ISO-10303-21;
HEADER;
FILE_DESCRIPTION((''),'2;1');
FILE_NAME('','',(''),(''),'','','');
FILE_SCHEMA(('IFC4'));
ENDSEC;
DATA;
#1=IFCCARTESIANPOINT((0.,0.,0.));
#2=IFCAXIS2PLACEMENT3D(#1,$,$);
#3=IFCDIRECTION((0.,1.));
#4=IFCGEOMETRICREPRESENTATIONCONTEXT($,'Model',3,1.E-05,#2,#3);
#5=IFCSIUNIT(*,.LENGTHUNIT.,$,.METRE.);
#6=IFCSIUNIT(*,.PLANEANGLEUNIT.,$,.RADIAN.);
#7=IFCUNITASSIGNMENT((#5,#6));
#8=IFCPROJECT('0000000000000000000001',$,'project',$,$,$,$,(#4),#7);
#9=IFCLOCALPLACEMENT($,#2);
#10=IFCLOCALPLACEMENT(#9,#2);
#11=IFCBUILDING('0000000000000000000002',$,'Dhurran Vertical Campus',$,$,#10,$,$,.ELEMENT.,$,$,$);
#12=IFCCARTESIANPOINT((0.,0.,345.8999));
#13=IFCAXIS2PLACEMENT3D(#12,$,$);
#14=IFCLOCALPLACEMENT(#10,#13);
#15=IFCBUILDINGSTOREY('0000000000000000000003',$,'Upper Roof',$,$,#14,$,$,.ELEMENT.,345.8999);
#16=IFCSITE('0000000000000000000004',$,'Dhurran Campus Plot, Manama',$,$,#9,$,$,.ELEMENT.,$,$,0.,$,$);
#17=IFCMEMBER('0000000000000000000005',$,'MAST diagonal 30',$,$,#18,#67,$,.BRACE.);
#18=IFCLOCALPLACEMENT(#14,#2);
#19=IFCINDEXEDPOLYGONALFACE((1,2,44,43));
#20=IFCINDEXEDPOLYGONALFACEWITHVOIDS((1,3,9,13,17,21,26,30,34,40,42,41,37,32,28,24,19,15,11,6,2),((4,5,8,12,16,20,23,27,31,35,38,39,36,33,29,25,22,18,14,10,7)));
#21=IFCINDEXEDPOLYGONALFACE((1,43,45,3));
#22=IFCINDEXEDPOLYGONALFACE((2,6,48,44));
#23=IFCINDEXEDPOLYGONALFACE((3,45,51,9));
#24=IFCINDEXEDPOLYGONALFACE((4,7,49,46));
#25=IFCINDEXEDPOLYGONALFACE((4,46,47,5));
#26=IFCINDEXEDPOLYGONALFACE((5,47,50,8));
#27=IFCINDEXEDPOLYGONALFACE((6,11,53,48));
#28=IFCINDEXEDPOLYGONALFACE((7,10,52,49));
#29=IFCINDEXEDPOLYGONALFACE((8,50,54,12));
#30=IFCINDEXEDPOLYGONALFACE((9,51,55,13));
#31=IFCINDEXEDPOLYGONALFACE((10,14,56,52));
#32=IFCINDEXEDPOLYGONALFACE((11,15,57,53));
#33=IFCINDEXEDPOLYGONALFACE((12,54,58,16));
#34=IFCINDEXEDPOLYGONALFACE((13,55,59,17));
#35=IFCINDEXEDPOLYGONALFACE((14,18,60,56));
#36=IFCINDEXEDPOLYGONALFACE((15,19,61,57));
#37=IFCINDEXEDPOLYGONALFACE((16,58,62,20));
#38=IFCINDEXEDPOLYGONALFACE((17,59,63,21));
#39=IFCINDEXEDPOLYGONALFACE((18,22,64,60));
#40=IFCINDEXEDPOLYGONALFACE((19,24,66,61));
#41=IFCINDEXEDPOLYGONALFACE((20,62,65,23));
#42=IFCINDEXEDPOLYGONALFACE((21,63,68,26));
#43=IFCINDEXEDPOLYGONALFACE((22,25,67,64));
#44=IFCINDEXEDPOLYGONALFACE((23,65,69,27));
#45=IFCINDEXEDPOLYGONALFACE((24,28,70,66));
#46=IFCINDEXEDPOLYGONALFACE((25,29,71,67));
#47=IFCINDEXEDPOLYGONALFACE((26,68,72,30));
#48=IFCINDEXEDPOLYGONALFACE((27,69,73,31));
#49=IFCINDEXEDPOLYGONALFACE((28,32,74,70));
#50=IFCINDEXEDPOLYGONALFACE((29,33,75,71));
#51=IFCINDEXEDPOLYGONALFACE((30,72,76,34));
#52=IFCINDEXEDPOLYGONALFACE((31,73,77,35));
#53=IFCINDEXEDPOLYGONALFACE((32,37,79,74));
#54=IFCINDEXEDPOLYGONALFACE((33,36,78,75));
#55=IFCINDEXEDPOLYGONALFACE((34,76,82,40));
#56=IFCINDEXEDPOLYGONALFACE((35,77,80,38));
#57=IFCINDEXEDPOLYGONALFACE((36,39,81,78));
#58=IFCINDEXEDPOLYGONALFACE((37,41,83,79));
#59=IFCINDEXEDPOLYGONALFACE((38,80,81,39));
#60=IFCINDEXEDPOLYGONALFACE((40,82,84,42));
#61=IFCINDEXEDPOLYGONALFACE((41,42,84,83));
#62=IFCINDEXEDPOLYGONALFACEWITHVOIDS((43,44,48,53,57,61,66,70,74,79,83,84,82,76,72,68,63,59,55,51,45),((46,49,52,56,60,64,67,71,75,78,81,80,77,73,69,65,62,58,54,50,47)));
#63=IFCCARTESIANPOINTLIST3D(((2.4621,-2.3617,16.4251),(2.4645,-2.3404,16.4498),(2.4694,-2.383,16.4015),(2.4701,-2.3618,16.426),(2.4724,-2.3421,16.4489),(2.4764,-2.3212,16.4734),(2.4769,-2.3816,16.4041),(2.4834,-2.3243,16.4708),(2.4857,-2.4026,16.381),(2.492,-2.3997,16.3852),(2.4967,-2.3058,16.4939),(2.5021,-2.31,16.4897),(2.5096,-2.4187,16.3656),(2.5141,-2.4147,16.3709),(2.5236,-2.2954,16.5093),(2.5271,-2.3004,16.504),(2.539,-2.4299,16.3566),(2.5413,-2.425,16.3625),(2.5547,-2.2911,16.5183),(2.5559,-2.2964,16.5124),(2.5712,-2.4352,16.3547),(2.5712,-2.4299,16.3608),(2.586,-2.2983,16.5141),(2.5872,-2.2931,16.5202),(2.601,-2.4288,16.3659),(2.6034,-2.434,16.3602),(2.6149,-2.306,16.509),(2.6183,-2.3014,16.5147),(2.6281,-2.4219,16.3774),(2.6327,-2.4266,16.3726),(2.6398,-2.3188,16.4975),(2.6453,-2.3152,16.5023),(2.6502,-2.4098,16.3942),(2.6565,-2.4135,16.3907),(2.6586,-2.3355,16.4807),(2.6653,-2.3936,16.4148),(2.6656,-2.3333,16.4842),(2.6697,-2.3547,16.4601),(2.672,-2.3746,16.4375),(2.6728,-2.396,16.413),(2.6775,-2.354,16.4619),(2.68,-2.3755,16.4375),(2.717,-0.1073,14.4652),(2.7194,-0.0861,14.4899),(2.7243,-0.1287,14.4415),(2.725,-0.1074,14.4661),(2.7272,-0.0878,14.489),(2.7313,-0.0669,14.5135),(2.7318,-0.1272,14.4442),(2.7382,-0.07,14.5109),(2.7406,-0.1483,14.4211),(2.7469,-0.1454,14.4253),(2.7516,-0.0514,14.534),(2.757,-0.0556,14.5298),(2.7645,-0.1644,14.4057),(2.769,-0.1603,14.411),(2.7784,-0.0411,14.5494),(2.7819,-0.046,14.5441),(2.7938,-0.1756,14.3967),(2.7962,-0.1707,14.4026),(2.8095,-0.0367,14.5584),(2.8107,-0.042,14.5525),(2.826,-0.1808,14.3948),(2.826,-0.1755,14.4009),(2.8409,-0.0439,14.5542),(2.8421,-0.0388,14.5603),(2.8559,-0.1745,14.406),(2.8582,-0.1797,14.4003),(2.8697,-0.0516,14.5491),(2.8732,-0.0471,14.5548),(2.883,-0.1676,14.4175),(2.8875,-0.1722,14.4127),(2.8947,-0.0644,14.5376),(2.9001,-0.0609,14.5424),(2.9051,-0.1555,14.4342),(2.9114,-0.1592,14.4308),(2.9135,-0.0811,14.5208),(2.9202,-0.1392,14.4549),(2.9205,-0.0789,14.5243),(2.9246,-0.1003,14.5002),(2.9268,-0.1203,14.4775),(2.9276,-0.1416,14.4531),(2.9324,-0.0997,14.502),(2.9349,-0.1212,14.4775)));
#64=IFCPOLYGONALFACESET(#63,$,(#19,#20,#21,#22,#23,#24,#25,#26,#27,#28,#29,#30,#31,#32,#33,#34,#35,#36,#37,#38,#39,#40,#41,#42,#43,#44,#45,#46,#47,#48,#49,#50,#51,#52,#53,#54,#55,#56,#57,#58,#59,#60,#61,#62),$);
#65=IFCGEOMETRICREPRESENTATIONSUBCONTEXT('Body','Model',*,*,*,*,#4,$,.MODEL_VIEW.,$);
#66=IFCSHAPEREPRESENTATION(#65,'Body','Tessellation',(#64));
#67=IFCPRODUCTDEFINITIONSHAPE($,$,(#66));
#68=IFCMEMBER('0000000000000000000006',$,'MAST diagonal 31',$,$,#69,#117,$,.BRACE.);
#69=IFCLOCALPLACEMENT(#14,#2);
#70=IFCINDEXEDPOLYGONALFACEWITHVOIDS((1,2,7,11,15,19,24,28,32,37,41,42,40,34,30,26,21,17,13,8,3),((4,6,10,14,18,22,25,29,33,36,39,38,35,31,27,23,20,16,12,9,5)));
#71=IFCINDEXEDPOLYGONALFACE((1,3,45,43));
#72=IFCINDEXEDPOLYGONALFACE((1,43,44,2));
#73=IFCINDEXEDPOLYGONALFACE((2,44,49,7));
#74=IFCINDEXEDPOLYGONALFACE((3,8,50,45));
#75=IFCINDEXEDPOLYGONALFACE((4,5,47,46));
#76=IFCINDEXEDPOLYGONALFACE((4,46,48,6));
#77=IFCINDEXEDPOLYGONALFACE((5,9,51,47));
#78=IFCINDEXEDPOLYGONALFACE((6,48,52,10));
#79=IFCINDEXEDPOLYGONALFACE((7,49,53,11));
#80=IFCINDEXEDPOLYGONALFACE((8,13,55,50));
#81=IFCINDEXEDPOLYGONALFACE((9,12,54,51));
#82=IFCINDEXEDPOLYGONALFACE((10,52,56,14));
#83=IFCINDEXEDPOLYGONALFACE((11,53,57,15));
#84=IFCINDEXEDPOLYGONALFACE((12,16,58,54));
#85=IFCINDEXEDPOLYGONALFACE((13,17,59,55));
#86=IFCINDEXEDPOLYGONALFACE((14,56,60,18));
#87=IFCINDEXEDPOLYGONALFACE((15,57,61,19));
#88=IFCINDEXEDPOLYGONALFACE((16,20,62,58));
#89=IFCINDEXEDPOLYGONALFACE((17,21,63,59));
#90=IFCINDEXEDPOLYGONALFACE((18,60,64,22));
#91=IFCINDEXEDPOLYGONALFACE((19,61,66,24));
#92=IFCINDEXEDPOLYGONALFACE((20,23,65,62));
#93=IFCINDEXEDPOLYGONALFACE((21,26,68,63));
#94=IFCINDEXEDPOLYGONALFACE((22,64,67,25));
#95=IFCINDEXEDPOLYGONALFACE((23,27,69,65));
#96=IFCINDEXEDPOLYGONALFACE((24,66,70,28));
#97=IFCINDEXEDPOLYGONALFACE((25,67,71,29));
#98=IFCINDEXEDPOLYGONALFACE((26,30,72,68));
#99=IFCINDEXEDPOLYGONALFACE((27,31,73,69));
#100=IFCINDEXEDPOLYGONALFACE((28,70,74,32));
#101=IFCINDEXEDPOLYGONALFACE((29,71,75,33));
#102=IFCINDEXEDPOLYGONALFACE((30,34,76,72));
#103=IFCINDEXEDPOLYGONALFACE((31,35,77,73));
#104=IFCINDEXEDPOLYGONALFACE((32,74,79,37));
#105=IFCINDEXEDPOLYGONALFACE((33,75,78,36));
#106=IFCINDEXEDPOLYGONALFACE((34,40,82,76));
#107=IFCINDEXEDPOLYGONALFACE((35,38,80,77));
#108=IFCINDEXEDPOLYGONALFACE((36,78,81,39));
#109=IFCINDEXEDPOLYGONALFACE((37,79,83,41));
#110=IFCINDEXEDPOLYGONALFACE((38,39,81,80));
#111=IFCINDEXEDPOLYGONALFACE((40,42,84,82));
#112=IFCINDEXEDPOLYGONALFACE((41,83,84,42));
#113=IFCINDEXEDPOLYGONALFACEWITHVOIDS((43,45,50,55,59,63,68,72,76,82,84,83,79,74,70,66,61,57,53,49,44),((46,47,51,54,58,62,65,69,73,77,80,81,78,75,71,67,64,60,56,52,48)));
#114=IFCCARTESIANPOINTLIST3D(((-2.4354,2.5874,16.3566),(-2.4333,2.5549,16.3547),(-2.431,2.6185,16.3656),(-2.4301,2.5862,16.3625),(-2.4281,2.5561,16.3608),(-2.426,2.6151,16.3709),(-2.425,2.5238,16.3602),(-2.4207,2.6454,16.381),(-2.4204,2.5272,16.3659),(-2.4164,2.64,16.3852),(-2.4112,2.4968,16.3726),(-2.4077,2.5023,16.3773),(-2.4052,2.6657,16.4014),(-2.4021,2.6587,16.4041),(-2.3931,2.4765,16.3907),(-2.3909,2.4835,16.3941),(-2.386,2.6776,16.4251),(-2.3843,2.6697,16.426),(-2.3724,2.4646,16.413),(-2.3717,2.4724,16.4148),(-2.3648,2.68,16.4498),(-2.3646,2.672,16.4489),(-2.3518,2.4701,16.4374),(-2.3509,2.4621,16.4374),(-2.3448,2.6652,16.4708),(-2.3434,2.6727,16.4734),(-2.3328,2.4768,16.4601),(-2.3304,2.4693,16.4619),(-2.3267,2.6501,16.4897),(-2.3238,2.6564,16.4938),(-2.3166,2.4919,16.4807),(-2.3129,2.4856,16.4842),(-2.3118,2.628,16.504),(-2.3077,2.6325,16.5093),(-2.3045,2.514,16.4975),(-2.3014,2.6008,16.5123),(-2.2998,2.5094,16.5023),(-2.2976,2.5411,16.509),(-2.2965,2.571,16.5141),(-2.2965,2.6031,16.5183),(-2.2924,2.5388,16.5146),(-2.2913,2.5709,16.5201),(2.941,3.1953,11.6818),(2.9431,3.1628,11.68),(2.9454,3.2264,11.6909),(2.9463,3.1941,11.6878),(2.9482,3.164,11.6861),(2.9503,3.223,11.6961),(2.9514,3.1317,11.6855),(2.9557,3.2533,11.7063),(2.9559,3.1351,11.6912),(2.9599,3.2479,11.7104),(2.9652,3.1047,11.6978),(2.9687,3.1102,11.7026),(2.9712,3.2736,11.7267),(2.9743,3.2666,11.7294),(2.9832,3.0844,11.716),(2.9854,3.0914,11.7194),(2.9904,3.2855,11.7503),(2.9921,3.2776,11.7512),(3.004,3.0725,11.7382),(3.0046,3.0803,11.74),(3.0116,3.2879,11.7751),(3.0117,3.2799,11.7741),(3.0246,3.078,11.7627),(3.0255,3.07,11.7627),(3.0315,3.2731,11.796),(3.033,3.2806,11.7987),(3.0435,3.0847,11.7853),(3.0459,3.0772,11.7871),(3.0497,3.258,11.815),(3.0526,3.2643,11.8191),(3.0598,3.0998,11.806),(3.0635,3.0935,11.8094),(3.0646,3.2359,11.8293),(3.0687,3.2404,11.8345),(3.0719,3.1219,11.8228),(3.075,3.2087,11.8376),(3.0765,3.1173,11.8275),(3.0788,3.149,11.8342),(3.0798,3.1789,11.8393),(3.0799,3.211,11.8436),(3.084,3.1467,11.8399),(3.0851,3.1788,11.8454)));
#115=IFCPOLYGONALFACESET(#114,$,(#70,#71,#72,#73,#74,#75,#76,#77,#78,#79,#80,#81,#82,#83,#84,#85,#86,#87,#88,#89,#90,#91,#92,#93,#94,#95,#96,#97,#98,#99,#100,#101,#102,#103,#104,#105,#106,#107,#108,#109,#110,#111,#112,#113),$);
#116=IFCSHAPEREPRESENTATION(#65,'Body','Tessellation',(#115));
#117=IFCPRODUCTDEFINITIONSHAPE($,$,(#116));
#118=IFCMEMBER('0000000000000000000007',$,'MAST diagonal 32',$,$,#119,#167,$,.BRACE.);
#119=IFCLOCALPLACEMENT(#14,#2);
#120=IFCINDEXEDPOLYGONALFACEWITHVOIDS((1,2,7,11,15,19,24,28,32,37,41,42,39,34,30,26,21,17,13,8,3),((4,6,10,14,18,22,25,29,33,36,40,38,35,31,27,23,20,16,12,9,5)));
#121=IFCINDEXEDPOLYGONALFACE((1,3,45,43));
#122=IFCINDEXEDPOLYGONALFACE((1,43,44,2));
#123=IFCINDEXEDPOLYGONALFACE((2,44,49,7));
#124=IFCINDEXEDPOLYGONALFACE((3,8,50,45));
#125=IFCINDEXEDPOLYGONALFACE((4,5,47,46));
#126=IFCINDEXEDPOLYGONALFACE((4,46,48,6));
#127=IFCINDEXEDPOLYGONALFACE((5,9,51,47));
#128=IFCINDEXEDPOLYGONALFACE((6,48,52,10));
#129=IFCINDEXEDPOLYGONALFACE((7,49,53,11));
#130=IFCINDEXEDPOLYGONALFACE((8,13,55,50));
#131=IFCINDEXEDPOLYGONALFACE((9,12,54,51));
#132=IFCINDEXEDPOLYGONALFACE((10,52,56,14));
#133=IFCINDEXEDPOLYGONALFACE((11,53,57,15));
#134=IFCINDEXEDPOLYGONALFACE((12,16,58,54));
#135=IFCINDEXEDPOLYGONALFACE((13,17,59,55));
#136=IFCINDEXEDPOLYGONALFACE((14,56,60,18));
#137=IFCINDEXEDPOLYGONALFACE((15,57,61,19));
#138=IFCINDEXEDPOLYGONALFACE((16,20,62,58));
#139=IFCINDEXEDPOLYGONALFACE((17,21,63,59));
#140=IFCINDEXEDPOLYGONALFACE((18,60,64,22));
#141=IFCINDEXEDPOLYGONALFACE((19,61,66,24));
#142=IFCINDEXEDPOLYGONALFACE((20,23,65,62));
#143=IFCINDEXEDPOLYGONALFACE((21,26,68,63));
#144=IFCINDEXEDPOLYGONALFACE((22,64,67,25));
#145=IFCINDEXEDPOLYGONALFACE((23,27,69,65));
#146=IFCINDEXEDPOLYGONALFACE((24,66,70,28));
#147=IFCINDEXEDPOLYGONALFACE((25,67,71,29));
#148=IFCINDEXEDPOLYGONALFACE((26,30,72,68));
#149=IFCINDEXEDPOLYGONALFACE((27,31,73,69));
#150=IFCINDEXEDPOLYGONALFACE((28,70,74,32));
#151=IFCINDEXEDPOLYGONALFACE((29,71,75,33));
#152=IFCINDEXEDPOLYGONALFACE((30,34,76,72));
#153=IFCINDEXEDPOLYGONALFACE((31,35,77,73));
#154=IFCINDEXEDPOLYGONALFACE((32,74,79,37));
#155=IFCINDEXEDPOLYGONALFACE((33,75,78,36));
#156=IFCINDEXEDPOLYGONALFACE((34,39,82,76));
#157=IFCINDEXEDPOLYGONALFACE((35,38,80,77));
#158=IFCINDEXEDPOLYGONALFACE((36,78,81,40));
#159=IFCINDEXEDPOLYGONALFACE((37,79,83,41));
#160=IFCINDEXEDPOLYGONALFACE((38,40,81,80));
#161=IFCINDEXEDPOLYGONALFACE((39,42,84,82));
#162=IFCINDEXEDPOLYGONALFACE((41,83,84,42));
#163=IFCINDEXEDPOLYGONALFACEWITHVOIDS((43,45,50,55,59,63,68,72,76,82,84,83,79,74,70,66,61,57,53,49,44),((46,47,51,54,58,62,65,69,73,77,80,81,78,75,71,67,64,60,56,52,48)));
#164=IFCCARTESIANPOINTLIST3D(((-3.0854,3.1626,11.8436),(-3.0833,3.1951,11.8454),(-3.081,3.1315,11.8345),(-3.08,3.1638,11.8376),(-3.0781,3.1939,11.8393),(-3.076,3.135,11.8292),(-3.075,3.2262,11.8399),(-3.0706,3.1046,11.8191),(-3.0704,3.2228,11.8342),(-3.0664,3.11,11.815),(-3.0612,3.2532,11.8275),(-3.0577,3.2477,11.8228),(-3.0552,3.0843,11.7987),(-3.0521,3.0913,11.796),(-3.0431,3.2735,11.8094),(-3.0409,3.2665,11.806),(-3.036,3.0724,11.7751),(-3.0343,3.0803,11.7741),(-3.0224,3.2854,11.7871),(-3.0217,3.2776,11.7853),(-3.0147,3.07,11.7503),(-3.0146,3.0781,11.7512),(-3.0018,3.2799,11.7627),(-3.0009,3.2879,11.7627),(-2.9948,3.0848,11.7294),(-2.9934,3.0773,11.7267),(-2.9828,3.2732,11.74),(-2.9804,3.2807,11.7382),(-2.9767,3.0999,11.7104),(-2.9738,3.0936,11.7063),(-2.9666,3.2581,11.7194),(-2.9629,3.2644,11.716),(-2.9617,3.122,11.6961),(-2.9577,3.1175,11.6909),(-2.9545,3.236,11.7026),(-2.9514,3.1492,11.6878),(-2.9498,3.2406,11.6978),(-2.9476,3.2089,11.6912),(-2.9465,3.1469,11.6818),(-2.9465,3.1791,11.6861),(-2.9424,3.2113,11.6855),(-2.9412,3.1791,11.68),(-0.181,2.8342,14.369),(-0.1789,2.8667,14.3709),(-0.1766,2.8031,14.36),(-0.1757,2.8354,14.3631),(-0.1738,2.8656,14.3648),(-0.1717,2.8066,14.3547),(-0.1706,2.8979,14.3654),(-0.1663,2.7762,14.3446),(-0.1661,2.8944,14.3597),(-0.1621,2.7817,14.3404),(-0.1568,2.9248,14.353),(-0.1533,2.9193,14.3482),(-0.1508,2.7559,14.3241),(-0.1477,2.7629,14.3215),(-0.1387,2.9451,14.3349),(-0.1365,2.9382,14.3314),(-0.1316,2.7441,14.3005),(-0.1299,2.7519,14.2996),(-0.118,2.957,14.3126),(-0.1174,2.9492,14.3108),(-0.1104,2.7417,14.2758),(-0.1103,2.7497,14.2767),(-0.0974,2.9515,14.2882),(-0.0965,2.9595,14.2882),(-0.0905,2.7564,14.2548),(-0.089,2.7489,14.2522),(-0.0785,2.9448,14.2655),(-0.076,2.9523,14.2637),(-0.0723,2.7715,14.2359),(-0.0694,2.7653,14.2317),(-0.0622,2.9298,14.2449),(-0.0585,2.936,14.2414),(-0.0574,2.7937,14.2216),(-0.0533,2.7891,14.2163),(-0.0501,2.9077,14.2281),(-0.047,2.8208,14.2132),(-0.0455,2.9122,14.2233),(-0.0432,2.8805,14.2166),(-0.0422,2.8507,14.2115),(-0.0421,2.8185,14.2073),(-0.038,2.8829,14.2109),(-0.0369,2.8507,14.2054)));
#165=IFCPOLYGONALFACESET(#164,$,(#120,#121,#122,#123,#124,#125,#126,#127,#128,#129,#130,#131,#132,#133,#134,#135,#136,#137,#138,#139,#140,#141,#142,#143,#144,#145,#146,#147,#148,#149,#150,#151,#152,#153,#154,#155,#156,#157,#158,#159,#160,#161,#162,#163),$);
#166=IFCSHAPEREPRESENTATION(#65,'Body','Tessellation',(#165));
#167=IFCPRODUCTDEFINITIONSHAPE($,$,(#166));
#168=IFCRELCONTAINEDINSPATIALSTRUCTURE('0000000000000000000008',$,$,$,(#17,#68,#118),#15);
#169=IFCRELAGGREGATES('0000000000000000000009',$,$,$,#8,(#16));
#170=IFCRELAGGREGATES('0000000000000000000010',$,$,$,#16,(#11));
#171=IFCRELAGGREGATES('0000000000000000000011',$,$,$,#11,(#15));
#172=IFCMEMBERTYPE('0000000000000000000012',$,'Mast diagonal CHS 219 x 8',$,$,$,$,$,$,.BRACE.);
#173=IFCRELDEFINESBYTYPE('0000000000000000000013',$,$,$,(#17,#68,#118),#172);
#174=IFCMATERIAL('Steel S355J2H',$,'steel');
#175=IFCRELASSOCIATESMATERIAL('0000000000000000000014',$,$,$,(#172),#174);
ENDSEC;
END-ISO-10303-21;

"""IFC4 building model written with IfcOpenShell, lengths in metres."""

from ifc_helpers import new_model, si_unit, direction, frame, origin, origin_2d, place, context, subcontext, project, spatial, hollow_circle, extrude, material, material_profile, profile_set, type_object, element, save


model = new_model("IFC4")

# Units and contexts
model_context = context("Model", 3, precision=1e-05, world=origin(), true_north=direction((0.0, 1.0)))
body_context = subcontext(model_context, "Body", "Model", "MODEL_VIEW")
ifc_project = project(units=[si_unit("LENGTHUNIT", "METRE"), si_unit("PLANEANGLEUNIT", "RADIAN")], contexts=[model_context])

# Site, building, storey
site_placement = place(None, origin())
site = spatial("IfcSite", under=ifc_project, at=site_placement, Name="Dhurran Campus Plot, Manama", CompositionType="ELEMENT", RefElevation=0.0)
building_placement = place(site_placement, origin())
building = spatial("IfcBuilding", under=site, at=building_placement, Name="Dhurran Vertical Campus", CompositionType="ELEMENT")
storey_placement = place(building_placement, frame((0.0, 0.0, 345.8999)))
storey = spatial("IfcBuildingStorey", under=building, at=storey_placement, Name="Upper Roof", CompositionType="ELEMENT", Elevation=345.8999)

# Members
ifc_material_1 = material(Name="Steel S355J2H", Category="steel")
ifc_material_profile_1 = material_profile(ifc_material_1, hollow_circle(Radius=0.1096, WallThickness=0.0081, at=origin_2d()), Name="CHS219x8")
ifc_profile_set_1 = profile_set([ifc_material_profile_1], Name="Steel S355J2H")
member_type_1 = type_object("IfcMemberType", Name="Mast diagonal CHS 219 x 8", PredefinedType="BRACE", material=ifc_profile_set_1)
member_1_placement = place(storey_placement, frame((2.8259, -0.1089, 14.4775), z_axis=(-0.085014, -0.751937, 0.653731), x_axis=(0.993669, -0.112345, 0.0)))
element("IfcMember", 1, at=member_1_placement, inside=storey, type_object=member_type_1, Name="MAST diagonal 30", PredefinedType="BRACE", context=body_context, shape_type="SweptSolid", body=[
    extrude(hollow_circle(Radius=0.1096, WallThickness=0.0081, at=origin_2d()), origin(), (0.0, 0.0, 1.0), 2.998),
])
member_2_placement = place(storey_placement, frame((3.0132, 3.179, 11.7627), z_axis=(-0.7519, -0.085016, 0.653773), x_axis=(0.112353, -0.993668, 0.0)))
element("IfcMember", 2, at=member_2_placement, inside=storey, type_object=member_type_1, Name="MAST diagonal 31", PredefinedType="BRACE", context=body_context, shape_type="SweptSolid", body=[
    extrude(hollow_circle(Radius=0.1096, WallThickness=0.0081, at=origin_2d()), origin(), (0.0, 0.0, 1.0), 7.1504),
])
member_3_placement = place(storey_placement, frame((-3.0132, 3.179, 11.7627), z_axis=(0.751885, -0.085011, 0.653791), x_axis=(0.112347, 0.993669, 0.0)))
element("IfcMember", 3, at=member_3_placement, inside=storey, type_object=member_type_1, Name="MAST diagonal 32", PredefinedType="BRACE", context=body_context, shape_type="SweptSolid", body=[
    extrude(hollow_circle(Radius=0.1096, WallThickness=0.0081, at=origin_2d()), origin(), (0.0, 0.0, 1.0), 3.8628),
])

save(model, "model.ifc")
